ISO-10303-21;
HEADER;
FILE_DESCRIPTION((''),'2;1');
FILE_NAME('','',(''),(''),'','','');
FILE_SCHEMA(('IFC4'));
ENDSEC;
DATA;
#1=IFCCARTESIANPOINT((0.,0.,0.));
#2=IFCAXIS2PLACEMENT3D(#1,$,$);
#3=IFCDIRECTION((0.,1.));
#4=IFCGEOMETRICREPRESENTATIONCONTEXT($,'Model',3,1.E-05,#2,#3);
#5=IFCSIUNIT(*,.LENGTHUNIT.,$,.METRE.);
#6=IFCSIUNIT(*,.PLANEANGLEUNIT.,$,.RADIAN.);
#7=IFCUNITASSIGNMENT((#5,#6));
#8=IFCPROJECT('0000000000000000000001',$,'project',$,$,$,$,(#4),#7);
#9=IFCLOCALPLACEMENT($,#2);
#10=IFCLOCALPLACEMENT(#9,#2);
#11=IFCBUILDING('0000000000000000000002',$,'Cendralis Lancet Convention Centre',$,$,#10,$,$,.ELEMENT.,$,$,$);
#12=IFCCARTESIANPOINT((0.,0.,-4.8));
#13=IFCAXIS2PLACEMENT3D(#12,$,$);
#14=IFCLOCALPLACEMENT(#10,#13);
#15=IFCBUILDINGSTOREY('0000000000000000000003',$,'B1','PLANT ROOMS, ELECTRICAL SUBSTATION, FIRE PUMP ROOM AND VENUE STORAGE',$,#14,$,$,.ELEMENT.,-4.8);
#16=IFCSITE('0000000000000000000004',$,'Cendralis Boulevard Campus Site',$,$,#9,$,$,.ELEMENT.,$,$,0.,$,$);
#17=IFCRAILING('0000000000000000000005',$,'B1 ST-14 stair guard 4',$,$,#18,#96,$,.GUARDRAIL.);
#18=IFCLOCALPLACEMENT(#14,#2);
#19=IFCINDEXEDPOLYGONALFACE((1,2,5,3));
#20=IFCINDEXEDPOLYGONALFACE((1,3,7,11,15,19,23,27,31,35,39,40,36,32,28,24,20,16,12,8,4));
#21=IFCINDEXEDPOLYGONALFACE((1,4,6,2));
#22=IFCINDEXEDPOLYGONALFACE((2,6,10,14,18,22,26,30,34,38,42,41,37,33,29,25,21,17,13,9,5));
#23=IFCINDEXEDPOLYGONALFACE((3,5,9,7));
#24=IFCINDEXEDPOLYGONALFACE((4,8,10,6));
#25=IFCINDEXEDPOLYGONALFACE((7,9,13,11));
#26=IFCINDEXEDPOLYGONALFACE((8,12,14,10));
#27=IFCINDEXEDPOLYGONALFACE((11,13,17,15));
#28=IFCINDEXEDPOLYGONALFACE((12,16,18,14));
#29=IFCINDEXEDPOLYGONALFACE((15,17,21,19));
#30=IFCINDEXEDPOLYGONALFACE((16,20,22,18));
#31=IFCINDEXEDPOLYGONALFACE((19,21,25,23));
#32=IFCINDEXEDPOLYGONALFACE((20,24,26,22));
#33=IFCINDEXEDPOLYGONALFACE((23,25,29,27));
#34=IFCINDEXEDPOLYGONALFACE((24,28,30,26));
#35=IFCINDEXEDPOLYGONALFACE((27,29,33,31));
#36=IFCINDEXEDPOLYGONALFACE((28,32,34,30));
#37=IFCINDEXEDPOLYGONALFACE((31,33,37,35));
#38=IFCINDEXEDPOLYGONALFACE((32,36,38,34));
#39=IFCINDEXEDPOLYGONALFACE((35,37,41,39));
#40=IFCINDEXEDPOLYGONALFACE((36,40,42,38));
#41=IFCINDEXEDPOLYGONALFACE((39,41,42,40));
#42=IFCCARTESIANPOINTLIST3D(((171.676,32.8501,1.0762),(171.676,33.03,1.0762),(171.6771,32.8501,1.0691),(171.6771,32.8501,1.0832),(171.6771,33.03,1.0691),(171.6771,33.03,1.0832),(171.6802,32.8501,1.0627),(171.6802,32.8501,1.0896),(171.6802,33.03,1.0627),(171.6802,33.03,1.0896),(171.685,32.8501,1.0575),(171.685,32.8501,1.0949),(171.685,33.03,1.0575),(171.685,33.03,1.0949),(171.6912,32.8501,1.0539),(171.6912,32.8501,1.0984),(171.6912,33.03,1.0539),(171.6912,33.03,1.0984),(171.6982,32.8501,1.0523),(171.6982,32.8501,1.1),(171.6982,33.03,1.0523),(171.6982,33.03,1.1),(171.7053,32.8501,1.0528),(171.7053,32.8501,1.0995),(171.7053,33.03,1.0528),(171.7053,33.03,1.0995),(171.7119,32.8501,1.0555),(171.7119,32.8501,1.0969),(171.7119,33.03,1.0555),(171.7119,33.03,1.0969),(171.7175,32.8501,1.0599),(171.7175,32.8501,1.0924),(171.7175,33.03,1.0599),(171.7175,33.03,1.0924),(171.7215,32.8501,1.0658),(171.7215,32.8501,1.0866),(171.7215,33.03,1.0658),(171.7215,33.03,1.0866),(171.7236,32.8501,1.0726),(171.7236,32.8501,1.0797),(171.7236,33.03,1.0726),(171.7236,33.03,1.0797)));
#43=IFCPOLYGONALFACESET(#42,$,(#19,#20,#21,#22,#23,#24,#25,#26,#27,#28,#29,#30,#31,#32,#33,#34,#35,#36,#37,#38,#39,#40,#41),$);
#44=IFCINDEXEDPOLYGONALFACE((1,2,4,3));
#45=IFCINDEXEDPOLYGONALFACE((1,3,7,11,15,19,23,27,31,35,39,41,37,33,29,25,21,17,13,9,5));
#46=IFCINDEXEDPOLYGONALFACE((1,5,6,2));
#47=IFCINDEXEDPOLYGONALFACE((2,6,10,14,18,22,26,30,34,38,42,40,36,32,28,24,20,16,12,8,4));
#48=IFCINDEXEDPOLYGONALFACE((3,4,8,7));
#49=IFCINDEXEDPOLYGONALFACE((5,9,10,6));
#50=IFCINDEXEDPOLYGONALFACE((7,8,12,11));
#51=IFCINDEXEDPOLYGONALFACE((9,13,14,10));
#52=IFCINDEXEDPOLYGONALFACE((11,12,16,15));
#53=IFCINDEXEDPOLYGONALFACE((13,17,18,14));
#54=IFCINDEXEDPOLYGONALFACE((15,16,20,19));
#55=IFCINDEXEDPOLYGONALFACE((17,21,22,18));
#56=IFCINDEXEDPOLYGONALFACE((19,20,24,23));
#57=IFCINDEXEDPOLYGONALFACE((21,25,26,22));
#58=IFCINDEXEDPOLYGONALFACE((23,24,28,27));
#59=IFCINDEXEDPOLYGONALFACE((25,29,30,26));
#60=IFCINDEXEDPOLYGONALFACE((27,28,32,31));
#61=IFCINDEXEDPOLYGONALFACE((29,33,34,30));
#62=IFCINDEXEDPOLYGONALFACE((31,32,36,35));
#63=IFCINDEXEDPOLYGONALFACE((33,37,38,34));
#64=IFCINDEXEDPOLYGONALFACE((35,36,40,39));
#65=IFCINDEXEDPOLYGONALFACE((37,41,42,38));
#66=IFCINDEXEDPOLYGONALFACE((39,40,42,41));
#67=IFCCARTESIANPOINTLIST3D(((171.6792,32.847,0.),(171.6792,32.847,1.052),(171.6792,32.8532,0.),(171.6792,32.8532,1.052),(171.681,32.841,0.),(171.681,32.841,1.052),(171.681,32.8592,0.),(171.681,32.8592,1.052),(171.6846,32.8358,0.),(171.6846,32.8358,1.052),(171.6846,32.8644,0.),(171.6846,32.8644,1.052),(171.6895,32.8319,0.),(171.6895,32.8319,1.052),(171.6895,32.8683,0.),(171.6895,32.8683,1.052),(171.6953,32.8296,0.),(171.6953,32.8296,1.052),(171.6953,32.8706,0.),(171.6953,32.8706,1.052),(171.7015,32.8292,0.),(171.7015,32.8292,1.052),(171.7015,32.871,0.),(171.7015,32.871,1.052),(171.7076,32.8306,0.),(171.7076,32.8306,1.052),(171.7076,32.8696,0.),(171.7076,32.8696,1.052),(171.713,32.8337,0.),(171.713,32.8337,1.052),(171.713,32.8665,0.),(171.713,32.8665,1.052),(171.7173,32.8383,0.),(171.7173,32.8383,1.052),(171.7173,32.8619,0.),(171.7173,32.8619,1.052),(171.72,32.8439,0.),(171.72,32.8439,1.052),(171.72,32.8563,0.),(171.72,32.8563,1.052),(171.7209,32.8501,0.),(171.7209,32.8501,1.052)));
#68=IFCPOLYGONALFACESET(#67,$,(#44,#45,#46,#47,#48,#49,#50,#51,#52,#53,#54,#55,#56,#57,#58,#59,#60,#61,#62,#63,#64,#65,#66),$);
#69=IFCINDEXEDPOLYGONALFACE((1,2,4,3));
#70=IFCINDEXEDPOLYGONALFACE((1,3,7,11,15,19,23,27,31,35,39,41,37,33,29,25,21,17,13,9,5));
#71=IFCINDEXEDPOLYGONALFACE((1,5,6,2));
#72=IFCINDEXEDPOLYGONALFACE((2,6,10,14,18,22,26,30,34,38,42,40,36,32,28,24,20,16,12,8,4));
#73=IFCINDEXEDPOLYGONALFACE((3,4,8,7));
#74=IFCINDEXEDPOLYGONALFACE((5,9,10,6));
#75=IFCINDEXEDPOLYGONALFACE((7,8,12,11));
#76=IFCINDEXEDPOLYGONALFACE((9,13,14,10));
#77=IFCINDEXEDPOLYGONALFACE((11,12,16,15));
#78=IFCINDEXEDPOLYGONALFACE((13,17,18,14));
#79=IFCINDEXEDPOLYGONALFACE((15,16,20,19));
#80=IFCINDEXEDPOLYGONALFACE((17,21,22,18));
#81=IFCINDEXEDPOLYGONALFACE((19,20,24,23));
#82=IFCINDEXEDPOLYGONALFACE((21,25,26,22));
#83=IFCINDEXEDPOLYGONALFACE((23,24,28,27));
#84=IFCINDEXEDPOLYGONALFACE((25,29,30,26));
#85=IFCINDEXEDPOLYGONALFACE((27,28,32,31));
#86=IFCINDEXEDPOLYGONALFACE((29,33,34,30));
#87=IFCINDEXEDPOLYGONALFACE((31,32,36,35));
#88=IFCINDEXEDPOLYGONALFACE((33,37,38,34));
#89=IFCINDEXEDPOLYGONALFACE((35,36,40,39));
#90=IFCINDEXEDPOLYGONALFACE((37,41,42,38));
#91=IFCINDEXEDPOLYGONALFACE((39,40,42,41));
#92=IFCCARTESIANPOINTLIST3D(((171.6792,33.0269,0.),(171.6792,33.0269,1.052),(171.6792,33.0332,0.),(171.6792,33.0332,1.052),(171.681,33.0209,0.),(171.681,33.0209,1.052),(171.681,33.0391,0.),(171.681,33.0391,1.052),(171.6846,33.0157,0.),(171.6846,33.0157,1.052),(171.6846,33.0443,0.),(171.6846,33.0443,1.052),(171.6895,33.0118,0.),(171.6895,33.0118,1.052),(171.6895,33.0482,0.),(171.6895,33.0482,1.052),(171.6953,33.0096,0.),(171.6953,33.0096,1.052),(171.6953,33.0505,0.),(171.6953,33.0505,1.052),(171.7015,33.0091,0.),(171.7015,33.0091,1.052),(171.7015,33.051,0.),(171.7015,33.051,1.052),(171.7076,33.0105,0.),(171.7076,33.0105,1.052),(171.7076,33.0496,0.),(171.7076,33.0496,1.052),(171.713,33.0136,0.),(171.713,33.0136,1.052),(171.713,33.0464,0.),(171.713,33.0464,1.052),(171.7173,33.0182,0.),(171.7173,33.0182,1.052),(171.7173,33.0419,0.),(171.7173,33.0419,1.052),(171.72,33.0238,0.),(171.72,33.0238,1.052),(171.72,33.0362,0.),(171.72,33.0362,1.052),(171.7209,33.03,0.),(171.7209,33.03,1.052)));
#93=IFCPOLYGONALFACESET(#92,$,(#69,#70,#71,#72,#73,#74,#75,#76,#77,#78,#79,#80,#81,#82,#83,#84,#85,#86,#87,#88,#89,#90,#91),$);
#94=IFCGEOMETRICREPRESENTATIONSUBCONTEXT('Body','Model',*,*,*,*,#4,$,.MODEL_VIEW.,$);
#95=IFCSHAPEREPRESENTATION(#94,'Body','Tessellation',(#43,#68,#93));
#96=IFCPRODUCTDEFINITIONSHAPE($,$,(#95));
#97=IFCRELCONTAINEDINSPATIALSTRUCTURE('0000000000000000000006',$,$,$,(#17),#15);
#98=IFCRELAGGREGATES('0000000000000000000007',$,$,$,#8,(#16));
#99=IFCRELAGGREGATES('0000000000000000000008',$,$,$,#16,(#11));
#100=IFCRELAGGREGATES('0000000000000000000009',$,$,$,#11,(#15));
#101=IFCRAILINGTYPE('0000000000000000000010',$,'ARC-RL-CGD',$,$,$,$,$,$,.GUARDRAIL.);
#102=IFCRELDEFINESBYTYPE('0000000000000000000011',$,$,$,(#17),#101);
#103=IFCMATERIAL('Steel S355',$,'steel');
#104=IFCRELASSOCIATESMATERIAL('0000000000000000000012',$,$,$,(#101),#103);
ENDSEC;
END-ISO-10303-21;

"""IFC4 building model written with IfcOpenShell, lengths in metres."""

from ifc_helpers import new_model, si_unit, direction, frame, origin, origin_2d, place, context, subcontext, project, spatial, circle, extrude, material, type_object, element, save


model = new_model("IFC4")

# Units and contexts
model_context = context("Model", 3, precision=1e-05, world=origin(), true_north=direction((0.0, 1.0)))
body_context = subcontext(model_context, "Body", "Model", "MODEL_VIEW")
ifc_project = project(units=[si_unit("LENGTHUNIT", "METRE"), si_unit("PLANEANGLEUNIT", "RADIAN")], contexts=[model_context])

# Site, building, storey
site_placement = place(None, origin())
site = spatial("IfcSite", under=ifc_project, at=site_placement, Name="Cendralis Boulevard Campus Site", CompositionType="ELEMENT", RefElevation=0.0)
building_placement = place(site_placement, origin())
building = spatial("IfcBuilding", under=site, at=building_placement, Name="Cendralis Lancet Convention Centre", CompositionType="ELEMENT")
storey_placement = place(building_placement, frame((0.0, 0.0, -4.8)))
storey = spatial("IfcBuildingStorey", under=building, at=storey_placement, Name="B1", Description="PLANT ROOMS, ELECTRICAL SUBSTATION, FIRE PUMP ROOM AND VENUE STORAGE", CompositionType="ELEMENT", Elevation=-4.8)

# Shared definitions
ifc_material_1 = material(Name="Steel S355", Category="steel")

# Railing
railing_type_1 = type_object("IfcRailingType", Name="ARC-RL-CGD", PredefinedType="GUARDRAIL", material=ifc_material_1)
railing_1_placement = place(storey_placement, frame((171.7, 32.8501, 0.0)))
element("IfcRailing", 1, at=railing_1_placement, inside=storey, type_object=railing_type_1, Name="B1 ST-14 stair guard 4", PredefinedType="GUARDRAIL", context=body_context, shape_type="SweptSolid", body=[
    extrude(circle(Radius=0.0239, at=origin_2d()), frame((0.0, 0.0, 1.0762), z_axis=(0.0, 1.0, 0.0), x_axis=(-1.0, 0.0, 0.0)), (0.0, 0.0, 1.0), 0.1799),
    extrude(circle(Radius=0.021, at=origin_2d()), origin(), (0.0, 0.0, 1.0), 1.052),
    extrude(circle(Radius=0.021, at=origin_2d()), frame((0.0, 0.1799, 0.0)), (0.0, 0.0, 1.0), 1.052),
])

save(model, "model.ifc")
